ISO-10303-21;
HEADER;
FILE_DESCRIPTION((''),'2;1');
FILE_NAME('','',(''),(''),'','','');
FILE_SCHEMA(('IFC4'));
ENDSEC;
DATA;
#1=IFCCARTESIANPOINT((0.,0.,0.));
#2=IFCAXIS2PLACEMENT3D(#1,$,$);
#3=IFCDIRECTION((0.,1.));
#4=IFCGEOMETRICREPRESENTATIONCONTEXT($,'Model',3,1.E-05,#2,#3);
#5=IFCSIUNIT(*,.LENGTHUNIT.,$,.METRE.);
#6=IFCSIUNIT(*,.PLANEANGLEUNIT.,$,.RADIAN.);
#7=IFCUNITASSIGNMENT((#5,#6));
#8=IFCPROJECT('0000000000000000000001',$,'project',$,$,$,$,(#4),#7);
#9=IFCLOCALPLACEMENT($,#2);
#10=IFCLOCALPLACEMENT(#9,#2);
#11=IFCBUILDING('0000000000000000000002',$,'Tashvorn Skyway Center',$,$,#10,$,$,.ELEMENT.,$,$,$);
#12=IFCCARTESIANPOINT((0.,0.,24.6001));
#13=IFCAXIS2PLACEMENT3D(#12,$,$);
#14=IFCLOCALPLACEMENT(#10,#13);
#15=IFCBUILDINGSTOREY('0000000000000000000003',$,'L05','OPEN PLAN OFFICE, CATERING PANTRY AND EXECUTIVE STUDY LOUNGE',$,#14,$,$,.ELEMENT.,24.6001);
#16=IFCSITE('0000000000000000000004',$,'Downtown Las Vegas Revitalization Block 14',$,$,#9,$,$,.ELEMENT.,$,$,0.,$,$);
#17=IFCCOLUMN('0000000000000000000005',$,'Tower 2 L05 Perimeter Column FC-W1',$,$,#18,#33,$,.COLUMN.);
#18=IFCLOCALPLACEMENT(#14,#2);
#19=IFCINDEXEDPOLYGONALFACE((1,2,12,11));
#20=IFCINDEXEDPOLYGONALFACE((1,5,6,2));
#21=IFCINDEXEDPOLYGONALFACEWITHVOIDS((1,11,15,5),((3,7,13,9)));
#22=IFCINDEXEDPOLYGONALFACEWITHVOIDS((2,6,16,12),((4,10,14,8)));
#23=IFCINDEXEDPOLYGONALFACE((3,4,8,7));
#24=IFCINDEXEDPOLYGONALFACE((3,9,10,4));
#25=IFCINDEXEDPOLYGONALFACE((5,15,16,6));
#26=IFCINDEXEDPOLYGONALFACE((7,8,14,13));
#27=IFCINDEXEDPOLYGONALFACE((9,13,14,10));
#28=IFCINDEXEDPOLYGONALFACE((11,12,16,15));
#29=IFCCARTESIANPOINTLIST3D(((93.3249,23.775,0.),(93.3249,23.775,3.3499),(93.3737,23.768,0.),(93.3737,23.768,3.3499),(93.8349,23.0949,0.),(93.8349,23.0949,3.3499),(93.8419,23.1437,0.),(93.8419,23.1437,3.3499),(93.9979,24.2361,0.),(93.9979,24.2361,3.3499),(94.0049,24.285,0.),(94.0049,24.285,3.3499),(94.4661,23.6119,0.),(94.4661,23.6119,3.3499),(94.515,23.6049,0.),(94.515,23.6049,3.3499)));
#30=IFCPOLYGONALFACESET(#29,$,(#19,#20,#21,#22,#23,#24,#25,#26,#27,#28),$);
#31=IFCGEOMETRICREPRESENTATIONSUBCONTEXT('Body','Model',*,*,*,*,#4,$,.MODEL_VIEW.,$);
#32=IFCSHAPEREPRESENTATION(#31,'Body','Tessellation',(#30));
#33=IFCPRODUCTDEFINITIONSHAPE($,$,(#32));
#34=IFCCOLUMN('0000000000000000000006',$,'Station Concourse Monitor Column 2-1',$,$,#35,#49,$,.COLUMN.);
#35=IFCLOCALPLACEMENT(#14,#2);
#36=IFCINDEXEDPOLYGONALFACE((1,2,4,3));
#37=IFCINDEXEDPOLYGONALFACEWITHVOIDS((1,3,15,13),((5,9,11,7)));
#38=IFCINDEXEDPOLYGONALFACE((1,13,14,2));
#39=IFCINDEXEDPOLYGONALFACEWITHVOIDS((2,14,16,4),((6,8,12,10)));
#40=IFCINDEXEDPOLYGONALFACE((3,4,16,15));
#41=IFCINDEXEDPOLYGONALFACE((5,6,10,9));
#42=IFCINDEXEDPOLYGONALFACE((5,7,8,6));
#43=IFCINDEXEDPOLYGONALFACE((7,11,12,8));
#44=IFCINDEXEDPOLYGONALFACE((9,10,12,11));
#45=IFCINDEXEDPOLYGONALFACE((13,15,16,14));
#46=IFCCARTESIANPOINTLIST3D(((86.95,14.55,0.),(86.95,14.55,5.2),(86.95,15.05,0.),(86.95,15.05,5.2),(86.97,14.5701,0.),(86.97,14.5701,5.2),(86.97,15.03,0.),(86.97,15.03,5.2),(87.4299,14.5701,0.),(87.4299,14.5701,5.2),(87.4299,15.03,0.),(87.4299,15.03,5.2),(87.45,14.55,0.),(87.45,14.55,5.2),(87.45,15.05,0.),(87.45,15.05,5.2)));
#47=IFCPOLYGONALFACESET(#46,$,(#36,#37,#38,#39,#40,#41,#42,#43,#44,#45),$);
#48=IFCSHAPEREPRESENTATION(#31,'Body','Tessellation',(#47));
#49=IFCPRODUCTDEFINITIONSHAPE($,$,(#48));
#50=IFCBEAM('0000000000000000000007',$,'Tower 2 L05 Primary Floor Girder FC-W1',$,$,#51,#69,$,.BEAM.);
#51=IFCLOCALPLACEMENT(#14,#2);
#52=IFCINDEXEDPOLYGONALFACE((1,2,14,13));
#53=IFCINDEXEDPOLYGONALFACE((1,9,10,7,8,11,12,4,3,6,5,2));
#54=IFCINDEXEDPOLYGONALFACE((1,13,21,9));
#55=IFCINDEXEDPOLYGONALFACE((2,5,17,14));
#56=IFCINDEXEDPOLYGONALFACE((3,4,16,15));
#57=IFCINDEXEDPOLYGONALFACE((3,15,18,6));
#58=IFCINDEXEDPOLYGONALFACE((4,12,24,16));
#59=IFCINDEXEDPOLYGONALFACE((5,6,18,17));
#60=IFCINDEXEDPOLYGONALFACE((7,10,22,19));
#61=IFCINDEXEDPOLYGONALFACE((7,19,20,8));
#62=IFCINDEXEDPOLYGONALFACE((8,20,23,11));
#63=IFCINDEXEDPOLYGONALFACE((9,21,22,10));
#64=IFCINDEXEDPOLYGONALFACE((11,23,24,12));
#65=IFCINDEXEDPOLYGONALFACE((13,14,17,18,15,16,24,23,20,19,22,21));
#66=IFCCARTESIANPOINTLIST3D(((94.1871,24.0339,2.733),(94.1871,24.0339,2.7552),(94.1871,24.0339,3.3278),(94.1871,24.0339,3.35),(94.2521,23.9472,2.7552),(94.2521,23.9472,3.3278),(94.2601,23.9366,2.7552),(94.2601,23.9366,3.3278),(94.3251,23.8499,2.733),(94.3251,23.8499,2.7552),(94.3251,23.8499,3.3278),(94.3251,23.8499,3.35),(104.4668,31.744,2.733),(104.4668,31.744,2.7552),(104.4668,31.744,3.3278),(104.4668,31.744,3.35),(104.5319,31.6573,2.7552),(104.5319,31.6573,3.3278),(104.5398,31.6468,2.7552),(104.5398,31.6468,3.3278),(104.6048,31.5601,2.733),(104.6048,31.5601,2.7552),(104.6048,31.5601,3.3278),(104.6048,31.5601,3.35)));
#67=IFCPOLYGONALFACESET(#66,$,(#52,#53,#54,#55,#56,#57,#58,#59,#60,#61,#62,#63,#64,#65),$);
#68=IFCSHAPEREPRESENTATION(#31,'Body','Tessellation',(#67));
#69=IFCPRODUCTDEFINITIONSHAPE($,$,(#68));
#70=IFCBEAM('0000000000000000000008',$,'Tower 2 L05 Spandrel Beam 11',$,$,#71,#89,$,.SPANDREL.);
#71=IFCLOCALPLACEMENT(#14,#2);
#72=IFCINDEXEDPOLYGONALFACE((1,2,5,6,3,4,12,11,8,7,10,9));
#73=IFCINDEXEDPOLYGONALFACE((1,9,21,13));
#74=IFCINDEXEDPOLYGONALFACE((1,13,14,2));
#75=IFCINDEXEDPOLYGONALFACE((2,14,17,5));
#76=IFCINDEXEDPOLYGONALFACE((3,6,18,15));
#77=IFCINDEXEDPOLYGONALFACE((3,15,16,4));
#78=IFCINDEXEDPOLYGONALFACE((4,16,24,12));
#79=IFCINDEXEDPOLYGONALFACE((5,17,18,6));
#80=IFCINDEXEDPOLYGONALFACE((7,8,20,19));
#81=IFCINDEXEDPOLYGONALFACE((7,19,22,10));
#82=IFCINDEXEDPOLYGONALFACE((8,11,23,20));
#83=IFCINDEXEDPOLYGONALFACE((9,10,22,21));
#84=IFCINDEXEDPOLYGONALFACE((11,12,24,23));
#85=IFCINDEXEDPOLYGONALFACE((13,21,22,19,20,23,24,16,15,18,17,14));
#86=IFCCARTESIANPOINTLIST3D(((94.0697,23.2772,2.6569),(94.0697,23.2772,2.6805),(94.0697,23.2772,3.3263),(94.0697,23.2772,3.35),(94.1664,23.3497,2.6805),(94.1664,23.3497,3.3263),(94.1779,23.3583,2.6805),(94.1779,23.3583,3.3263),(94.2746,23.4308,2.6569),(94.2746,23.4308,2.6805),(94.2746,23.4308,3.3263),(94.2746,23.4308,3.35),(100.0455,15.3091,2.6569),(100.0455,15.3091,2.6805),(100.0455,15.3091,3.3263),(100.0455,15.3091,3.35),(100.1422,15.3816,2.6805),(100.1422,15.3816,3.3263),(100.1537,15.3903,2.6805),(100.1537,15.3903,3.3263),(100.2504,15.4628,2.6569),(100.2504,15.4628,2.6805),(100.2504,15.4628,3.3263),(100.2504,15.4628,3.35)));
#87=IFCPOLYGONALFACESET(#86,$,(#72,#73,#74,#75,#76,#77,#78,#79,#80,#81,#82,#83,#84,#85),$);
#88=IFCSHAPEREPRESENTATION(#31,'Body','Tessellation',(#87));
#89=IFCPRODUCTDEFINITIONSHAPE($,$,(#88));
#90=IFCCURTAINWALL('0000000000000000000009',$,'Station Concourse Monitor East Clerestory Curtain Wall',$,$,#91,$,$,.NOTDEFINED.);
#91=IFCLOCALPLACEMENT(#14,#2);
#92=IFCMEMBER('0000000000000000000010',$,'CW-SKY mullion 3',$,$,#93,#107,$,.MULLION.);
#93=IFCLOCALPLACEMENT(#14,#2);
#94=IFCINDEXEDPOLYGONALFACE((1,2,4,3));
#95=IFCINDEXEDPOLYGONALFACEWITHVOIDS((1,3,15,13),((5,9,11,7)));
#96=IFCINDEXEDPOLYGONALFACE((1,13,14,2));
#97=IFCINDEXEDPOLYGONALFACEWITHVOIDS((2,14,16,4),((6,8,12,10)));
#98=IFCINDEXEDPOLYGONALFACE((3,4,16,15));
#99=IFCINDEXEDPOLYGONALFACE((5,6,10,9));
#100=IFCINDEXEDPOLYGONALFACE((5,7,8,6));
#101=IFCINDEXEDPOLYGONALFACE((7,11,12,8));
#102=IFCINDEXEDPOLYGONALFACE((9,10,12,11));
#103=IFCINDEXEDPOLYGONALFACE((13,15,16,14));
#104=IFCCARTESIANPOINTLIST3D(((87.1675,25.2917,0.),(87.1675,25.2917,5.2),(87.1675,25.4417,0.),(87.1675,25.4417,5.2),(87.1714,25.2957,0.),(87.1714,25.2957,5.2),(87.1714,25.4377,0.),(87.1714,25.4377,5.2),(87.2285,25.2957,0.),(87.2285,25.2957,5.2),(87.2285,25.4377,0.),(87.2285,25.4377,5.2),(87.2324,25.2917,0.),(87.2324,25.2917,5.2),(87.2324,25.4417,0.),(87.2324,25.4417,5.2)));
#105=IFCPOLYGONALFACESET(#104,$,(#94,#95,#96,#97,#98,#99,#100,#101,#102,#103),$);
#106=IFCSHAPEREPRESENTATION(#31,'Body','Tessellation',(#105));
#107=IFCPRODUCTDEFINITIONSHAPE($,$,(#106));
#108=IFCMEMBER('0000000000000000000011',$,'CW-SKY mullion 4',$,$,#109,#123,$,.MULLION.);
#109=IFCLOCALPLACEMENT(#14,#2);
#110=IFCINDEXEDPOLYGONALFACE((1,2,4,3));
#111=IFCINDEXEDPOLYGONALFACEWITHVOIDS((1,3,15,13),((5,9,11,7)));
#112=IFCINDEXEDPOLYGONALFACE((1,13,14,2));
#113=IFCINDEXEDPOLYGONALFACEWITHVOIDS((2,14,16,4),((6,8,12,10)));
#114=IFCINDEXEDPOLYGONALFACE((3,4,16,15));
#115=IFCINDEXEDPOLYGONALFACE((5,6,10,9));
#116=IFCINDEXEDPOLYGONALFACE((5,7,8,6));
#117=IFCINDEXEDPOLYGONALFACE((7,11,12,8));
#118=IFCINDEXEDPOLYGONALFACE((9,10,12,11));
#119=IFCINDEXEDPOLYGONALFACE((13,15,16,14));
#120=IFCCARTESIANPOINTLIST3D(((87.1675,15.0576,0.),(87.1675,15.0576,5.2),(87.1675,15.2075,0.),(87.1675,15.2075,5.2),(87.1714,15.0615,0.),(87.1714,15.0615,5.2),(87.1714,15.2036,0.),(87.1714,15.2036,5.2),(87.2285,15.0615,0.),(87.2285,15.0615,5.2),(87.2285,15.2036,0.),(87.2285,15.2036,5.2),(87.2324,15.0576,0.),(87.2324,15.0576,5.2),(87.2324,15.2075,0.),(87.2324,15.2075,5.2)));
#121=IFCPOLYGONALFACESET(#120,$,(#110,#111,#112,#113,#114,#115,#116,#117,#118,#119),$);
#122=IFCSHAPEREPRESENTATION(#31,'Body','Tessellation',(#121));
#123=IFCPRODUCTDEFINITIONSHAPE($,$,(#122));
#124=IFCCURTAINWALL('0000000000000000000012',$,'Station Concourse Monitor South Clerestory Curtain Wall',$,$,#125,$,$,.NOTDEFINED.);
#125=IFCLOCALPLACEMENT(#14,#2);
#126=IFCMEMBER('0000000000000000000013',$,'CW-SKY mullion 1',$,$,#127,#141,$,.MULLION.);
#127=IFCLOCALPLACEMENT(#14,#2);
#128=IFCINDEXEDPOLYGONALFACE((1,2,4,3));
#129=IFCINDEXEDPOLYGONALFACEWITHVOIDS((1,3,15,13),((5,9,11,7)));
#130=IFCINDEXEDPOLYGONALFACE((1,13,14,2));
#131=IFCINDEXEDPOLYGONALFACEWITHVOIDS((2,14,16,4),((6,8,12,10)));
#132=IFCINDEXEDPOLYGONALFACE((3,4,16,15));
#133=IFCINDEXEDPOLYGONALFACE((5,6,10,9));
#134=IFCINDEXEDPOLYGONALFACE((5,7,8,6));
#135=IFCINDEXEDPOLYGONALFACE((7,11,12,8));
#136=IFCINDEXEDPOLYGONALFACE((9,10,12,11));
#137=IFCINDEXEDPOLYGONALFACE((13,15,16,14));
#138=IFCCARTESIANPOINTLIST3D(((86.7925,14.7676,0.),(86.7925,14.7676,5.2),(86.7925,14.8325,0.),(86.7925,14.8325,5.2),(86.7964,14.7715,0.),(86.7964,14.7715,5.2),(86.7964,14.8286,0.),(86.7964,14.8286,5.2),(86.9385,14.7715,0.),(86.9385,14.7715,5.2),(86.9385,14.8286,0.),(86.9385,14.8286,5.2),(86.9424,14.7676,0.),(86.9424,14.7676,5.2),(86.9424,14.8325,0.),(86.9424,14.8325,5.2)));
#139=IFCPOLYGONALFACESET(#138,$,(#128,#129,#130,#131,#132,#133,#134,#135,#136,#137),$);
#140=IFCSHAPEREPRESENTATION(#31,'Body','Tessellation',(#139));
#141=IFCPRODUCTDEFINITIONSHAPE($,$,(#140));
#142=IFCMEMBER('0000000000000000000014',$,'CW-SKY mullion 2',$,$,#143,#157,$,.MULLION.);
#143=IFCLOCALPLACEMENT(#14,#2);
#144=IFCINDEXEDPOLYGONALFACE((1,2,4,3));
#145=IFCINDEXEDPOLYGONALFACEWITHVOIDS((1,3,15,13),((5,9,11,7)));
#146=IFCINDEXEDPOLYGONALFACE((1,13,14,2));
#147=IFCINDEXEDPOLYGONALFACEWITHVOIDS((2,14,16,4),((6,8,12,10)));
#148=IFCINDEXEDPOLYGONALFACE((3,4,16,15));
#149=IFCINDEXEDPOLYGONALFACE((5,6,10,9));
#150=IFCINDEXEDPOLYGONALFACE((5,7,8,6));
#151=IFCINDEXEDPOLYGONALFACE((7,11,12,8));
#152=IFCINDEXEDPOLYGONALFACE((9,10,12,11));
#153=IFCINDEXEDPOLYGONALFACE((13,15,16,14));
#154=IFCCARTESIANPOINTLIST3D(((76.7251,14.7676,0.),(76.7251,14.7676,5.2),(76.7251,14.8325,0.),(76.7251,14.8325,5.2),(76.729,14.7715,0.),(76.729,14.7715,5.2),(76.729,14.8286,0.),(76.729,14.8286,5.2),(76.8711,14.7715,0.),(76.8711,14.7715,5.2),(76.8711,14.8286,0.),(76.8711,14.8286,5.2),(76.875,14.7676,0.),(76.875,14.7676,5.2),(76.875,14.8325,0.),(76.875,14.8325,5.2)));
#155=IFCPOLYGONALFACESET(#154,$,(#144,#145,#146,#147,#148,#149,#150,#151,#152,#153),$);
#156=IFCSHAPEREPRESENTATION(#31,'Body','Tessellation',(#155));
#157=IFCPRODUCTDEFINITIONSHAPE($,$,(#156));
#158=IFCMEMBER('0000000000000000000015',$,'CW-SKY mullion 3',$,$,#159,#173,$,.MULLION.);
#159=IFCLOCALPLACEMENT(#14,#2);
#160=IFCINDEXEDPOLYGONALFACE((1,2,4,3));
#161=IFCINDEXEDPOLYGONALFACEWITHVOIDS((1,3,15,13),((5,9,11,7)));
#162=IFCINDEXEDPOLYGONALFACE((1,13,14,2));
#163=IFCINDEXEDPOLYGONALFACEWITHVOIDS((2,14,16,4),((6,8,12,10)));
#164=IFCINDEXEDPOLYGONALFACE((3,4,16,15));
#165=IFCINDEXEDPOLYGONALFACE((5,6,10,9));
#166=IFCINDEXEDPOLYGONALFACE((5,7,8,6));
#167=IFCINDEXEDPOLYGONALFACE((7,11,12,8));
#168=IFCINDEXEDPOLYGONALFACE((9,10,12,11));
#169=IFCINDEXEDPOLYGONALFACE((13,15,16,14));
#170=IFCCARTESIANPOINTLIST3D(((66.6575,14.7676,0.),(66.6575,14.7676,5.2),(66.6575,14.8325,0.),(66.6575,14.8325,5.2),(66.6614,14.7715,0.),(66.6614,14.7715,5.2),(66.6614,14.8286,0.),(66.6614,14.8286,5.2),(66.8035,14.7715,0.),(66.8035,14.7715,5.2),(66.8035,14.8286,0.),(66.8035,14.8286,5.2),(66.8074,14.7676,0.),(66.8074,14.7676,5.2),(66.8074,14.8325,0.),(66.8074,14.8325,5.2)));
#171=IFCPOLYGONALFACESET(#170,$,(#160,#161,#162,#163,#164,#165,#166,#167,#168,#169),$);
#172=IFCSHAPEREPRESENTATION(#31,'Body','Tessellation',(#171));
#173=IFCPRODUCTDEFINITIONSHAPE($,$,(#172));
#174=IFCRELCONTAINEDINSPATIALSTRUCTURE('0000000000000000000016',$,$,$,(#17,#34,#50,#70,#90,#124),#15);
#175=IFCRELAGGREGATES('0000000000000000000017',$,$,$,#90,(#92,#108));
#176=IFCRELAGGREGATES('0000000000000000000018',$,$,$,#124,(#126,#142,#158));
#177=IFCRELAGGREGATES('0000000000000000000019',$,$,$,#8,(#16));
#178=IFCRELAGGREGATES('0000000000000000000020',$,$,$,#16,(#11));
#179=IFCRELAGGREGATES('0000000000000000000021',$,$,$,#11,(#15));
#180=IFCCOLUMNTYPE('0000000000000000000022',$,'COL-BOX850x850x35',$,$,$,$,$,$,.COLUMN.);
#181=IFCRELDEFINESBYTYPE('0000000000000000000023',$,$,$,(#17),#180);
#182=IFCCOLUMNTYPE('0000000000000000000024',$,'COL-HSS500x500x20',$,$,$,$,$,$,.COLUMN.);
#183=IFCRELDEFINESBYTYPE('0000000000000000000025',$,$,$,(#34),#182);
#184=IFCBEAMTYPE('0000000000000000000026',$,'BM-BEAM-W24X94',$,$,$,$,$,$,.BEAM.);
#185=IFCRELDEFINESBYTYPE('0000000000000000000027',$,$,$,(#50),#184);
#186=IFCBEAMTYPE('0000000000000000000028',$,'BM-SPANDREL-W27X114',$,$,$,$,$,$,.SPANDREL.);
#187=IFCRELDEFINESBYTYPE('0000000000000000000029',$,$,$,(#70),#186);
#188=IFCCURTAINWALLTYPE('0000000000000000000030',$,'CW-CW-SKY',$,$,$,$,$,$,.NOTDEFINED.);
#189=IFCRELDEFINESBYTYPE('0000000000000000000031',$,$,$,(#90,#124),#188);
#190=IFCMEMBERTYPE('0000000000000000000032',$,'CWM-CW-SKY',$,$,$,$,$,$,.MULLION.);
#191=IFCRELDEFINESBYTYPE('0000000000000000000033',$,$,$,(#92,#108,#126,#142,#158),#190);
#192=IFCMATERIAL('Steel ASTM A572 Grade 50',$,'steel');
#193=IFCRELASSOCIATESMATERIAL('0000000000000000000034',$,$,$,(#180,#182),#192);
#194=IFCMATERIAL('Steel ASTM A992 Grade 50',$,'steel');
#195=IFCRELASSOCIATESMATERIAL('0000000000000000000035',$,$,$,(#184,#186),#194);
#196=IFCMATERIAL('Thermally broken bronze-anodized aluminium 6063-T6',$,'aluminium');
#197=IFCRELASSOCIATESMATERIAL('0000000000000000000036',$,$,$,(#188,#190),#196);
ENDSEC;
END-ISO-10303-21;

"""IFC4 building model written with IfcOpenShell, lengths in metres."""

from ifc_helpers import new_model, si_unit, direction, frame, origin, origin_2d, place, context, subcontext, project, spatial, hollow_rectangle, i_section, extrude, material, material_profile, profile_set, type_object, element, aggregate, save


model = new_model("IFC4")

# Units and contexts
model_context = context("Model", 3, precision=1e-05, world=origin(), true_north=direction((0.0, 1.0)))
body_context = subcontext(model_context, "Body", "Model", "MODEL_VIEW")
ifc_project = project(units=[si_unit("LENGTHUNIT", "METRE"), si_unit("PLANEANGLEUNIT", "RADIAN")], contexts=[model_context])

# Site, building, storey
site_placement = place(None, origin())
site = spatial("IfcSite", under=ifc_project, at=site_placement, Name="Downtown Las Vegas Revitalization Block 14", CompositionType="ELEMENT", RefElevation=0.0)
building_placement = place(site_placement, origin())
building = spatial("IfcBuilding", under=site, at=building_placement, Name="Tashvorn Skyway Center", CompositionType="ELEMENT")
storey_placement = place(building_placement, frame((0.0, 0.0, 24.6001)))
storey = spatial("IfcBuildingStorey", under=building, at=storey_placement, Name="L05", Description="OPEN PLAN OFFICE, CATERING PANTRY AND EXECUTIVE STUDY LOUNGE", CompositionType="ELEMENT", Elevation=24.6001)

# Columns
ifc_material_1 = material(Name="Steel ASTM A572 Grade 50", Category="steel")
ifc_material_profile_1 = material_profile(ifc_material_1, hollow_rectangle(XDim=0.8501, YDim=0.8501, WallThickness=0.0349, at=origin_2d()), Name="BOX850x850x35")
ifc_profile_set_1 = profile_set([ifc_material_profile_1], Name="Steel ASTM A572 Grade 50")
column_type_1 = type_object("IfcColumnType", Name="COL-BOX850x850x35", PredefinedType="COLUMN", material=ifc_profile_set_1)
column_1_placement = place(storey_placement, frame((93.9199, 23.6899, 0.0), z_axis=(0.0, 0.0, 1.0), x_axis=(0.8, 0.6, 0.0)))
element("IfcColumn", 1, at=column_1_placement, inside=storey, type_object=column_type_1, Name="Tower 2 L05 Perimeter Column FC-W1", PredefinedType="COLUMN", context=body_context, shape_type="SweptSolid", body=[
    extrude(hollow_rectangle(XDim=0.8501, YDim=0.8501, WallThickness=0.0349, at=origin_2d()), origin(), (0.0, 0.0, 1.0), 3.3499),
])
ifc_material_profile_2 = material_profile(ifc_material_1, hollow_rectangle(XDim=0.5, YDim=0.5, WallThickness=0.02, at=origin_2d()), Name="HSS500x500x20")
ifc_profile_set_2 = profile_set([ifc_material_profile_2], Name="Steel ASTM A572 Grade 50")
column_type_2 = type_object("IfcColumnType", Name="COL-HSS500x500x20", PredefinedType="COLUMN", material=ifc_profile_set_2)
column_2_placement = place(storey_placement, frame((87.2, 14.8, 0.0), z_axis=(0.0, 0.0, 1.0), x_axis=(1.0, 0.0, 0.0)))
element("IfcColumn", 2, at=column_2_placement, inside=storey, type_object=column_type_2, Name="Station Concourse Monitor Column 2-1", PredefinedType="COLUMN", context=body_context, shape_type="SweptSolid", body=[
    extrude(hollow_rectangle(XDim=0.5, YDim=0.5, WallThickness=0.02, at=origin_2d()), origin(), (0.0, 0.0, 1.0), 5.2),
])

# Beams
ifc_material_2 = material(Name="Steel ASTM A992 Grade 50", Category="steel")
ifc_material_profile_3 = material_profile(ifc_material_2, i_section(OverallWidth=0.23, OverallDepth=0.6169, WebThickness=0.0132, FlangeThickness=0.0222, at=origin_2d()), Name="W24X94")
ifc_profile_set_3 = profile_set([ifc_material_profile_3], Name="Steel ASTM A992 Grade 50")
beam_type_1 = type_object("IfcBeamType", Name="BM-BEAM-W24X94", PredefinedType="BEAM", material=ifc_profile_set_3)
beam_1_placement = place(storey_placement, frame((94.2561, 23.9419, 3.0415), z_axis=(0.799986, 0.600018, 0.0), x_axis=(-0.600018, 0.799986, 0.0)))
element("IfcBeam", 3, at=beam_1_placement, inside=storey, type_object=beam_type_1, Name="Tower 2 L05 Primary Floor Girder FC-W1", PredefinedType="BEAM", context=body_context, shape_type="SweptSolid", body=[
    extrude(i_section(OverallWidth=0.23, OverallDepth=0.6169, WebThickness=0.0132, FlangeThickness=0.0222, at=origin_2d()), origin(), (0.0, 0.0, 1.0), 12.8499),
])
ifc_material_profile_4 = material_profile(ifc_material_2, i_section(OverallWidth=0.2561, OverallDepth=0.6931, WebThickness=0.0144, FlangeThickness=0.0237, at=origin_2d()), Name="W27X114")
ifc_profile_set_4 = profile_set([ifc_material_profile_4], Name="Steel ASTM A992 Grade 50")
beam_type_2 = type_object("IfcBeamType", Name="BM-SPANDREL-W27X114", PredefinedType="SPANDREL", material=ifc_profile_set_4)
beam_2_placement = place(storey_placement, frame((94.1721, 23.354, 3.0034), z_axis=(0.599988, -0.800009, 0.0), x_axis=(0.800009, 0.599988, 0.0)))
element("IfcBeam", 4, at=beam_2_placement, inside=storey, type_object=beam_type_2, Name="Tower 2 L05 Spandrel Beam 11", PredefinedType="SPANDREL", context=body_context, shape_type="SweptSolid", body=[
    extrude(i_section(OverallWidth=0.2561, OverallDepth=0.6931, WebThickness=0.0144, FlangeThickness=0.0237, at=origin_2d()), origin(), (0.0, 0.0, 1.0), 9.96),
])

# Curtain walls, members
ifc_material_3 = material(Name="Thermally broken bronze-anodized aluminium 6063-T6", Category="aluminium")
curtain_wall_type_1 = type_object("IfcCurtainWallType", Name="CW-CW-SKY", PredefinedType="NOTDEFINED", material=ifc_material_3)
curtain_wall_1_placement = place(storey_placement, origin())
curtain_wall_1 = element("IfcCurtainWall", 5, at=curtain_wall_1_placement, inside=storey, type_object=curtain_wall_type_1, Name="Station Concourse Monitor East Clerestory Curtain Wall", PredefinedType="NOTDEFINED")
ifc_material_profile_5 = material_profile(ifc_material_3, hollow_rectangle(XDim=0.0649, YDim=0.1499, WallThickness=0.0039, at=origin_2d()), Name="ALU-MULL-65x150")
ifc_profile_set_5 = profile_set([ifc_material_profile_5], Name="Thermally broken bronze-anodized aluminium 6063-T6")
member_type_1 = type_object("IfcMemberType", Name="CWM-CW-SKY", PredefinedType="MULLION", material=ifc_profile_set_5)
member_1_placement = place(storey_placement, frame((87.2, 25.3667, 0.0), z_axis=(0.0, 0.0, 1.0), x_axis=(1.0, 0.0, 0.0)))
member_1 = element("IfcMember", 6, at=member_1_placement, type_object=member_type_1, Name="CW-SKY mullion 3", PredefinedType="MULLION", context=body_context, shape_type="SweptSolid", body=[
    extrude(hollow_rectangle(XDim=0.0649, YDim=0.1499, WallThickness=0.0039, at=origin_2d()), origin(), (0.0, 0.0, 1.0), 5.2),
])
member_2_placement = place(storey_placement, frame((87.2, 15.1326, 0.0), z_axis=(0.0, 0.0, 1.0), x_axis=(1.0, 0.0, 0.0)))
member_2 = element("IfcMember", 7, at=member_2_placement, type_object=member_type_1, Name="CW-SKY mullion 4", PredefinedType="MULLION", context=body_context, shape_type="SweptSolid", body=[
    extrude(hollow_rectangle(XDim=0.0649, YDim=0.1499, WallThickness=0.0039, at=origin_2d()), origin(), (0.0, 0.0, 1.0), 5.2),
])
curtain_wall_2_placement = place(storey_placement, origin())
curtain_wall_2 = element("IfcCurtainWall", 8, at=curtain_wall_2_placement, inside=storey, type_object=curtain_wall_type_1, Name="Station Concourse Monitor South Clerestory Curtain Wall", PredefinedType="NOTDEFINED")
member_3_placement = place(storey_placement, frame((86.8674, 14.8, 0.0), z_axis=(0.0, 0.0, 1.0), x_axis=(0.0, -1.0, 0.0)))
member_3 = element("IfcMember", 9, at=member_3_placement, type_object=member_type_1, Name="CW-SKY mullion 1", PredefinedType="MULLION", context=body_context, shape_type="SweptSolid", body=[
    extrude(hollow_rectangle(XDim=0.0649, YDim=0.1499, WallThickness=0.0039, at=origin_2d()), origin(), (0.0, 0.0, 1.0), 5.2),
])
member_4_placement = place(storey_placement, frame((76.8, 14.8, 0.0), z_axis=(0.0, 0.0, 1.0), x_axis=(0.0, -1.0, 0.0)))
member_4 = element("IfcMember", 10, at=member_4_placement, type_object=member_type_1, Name="CW-SKY mullion 2", PredefinedType="MULLION", context=body_context, shape_type="SweptSolid", body=[
    extrude(hollow_rectangle(XDim=0.0649, YDim=0.1499, WallThickness=0.0039, at=origin_2d()), origin(), (0.0, 0.0, 1.0), 5.2),
])
member_5_placement = place(storey_placement, frame((66.7324, 14.8, 0.0), z_axis=(0.0, 0.0, 1.0), x_axis=(0.0, -1.0, 0.0)))
member_5 = element("IfcMember", 11, at=member_5_placement, type_object=member_type_1, Name="CW-SKY mullion 3", PredefinedType="MULLION", context=body_context, shape_type="SweptSolid", body=[
    extrude(hollow_rectangle(XDim=0.0649, YDim=0.1499, WallThickness=0.0039, at=origin_2d()), origin(), (0.0, 0.0, 1.0), 5.2),
])

aggregate(curtain_wall_1, [member_1, member_2])
aggregate(curtain_wall_2, [member_3, member_4, member_5])

save(model, "model.ifc")
